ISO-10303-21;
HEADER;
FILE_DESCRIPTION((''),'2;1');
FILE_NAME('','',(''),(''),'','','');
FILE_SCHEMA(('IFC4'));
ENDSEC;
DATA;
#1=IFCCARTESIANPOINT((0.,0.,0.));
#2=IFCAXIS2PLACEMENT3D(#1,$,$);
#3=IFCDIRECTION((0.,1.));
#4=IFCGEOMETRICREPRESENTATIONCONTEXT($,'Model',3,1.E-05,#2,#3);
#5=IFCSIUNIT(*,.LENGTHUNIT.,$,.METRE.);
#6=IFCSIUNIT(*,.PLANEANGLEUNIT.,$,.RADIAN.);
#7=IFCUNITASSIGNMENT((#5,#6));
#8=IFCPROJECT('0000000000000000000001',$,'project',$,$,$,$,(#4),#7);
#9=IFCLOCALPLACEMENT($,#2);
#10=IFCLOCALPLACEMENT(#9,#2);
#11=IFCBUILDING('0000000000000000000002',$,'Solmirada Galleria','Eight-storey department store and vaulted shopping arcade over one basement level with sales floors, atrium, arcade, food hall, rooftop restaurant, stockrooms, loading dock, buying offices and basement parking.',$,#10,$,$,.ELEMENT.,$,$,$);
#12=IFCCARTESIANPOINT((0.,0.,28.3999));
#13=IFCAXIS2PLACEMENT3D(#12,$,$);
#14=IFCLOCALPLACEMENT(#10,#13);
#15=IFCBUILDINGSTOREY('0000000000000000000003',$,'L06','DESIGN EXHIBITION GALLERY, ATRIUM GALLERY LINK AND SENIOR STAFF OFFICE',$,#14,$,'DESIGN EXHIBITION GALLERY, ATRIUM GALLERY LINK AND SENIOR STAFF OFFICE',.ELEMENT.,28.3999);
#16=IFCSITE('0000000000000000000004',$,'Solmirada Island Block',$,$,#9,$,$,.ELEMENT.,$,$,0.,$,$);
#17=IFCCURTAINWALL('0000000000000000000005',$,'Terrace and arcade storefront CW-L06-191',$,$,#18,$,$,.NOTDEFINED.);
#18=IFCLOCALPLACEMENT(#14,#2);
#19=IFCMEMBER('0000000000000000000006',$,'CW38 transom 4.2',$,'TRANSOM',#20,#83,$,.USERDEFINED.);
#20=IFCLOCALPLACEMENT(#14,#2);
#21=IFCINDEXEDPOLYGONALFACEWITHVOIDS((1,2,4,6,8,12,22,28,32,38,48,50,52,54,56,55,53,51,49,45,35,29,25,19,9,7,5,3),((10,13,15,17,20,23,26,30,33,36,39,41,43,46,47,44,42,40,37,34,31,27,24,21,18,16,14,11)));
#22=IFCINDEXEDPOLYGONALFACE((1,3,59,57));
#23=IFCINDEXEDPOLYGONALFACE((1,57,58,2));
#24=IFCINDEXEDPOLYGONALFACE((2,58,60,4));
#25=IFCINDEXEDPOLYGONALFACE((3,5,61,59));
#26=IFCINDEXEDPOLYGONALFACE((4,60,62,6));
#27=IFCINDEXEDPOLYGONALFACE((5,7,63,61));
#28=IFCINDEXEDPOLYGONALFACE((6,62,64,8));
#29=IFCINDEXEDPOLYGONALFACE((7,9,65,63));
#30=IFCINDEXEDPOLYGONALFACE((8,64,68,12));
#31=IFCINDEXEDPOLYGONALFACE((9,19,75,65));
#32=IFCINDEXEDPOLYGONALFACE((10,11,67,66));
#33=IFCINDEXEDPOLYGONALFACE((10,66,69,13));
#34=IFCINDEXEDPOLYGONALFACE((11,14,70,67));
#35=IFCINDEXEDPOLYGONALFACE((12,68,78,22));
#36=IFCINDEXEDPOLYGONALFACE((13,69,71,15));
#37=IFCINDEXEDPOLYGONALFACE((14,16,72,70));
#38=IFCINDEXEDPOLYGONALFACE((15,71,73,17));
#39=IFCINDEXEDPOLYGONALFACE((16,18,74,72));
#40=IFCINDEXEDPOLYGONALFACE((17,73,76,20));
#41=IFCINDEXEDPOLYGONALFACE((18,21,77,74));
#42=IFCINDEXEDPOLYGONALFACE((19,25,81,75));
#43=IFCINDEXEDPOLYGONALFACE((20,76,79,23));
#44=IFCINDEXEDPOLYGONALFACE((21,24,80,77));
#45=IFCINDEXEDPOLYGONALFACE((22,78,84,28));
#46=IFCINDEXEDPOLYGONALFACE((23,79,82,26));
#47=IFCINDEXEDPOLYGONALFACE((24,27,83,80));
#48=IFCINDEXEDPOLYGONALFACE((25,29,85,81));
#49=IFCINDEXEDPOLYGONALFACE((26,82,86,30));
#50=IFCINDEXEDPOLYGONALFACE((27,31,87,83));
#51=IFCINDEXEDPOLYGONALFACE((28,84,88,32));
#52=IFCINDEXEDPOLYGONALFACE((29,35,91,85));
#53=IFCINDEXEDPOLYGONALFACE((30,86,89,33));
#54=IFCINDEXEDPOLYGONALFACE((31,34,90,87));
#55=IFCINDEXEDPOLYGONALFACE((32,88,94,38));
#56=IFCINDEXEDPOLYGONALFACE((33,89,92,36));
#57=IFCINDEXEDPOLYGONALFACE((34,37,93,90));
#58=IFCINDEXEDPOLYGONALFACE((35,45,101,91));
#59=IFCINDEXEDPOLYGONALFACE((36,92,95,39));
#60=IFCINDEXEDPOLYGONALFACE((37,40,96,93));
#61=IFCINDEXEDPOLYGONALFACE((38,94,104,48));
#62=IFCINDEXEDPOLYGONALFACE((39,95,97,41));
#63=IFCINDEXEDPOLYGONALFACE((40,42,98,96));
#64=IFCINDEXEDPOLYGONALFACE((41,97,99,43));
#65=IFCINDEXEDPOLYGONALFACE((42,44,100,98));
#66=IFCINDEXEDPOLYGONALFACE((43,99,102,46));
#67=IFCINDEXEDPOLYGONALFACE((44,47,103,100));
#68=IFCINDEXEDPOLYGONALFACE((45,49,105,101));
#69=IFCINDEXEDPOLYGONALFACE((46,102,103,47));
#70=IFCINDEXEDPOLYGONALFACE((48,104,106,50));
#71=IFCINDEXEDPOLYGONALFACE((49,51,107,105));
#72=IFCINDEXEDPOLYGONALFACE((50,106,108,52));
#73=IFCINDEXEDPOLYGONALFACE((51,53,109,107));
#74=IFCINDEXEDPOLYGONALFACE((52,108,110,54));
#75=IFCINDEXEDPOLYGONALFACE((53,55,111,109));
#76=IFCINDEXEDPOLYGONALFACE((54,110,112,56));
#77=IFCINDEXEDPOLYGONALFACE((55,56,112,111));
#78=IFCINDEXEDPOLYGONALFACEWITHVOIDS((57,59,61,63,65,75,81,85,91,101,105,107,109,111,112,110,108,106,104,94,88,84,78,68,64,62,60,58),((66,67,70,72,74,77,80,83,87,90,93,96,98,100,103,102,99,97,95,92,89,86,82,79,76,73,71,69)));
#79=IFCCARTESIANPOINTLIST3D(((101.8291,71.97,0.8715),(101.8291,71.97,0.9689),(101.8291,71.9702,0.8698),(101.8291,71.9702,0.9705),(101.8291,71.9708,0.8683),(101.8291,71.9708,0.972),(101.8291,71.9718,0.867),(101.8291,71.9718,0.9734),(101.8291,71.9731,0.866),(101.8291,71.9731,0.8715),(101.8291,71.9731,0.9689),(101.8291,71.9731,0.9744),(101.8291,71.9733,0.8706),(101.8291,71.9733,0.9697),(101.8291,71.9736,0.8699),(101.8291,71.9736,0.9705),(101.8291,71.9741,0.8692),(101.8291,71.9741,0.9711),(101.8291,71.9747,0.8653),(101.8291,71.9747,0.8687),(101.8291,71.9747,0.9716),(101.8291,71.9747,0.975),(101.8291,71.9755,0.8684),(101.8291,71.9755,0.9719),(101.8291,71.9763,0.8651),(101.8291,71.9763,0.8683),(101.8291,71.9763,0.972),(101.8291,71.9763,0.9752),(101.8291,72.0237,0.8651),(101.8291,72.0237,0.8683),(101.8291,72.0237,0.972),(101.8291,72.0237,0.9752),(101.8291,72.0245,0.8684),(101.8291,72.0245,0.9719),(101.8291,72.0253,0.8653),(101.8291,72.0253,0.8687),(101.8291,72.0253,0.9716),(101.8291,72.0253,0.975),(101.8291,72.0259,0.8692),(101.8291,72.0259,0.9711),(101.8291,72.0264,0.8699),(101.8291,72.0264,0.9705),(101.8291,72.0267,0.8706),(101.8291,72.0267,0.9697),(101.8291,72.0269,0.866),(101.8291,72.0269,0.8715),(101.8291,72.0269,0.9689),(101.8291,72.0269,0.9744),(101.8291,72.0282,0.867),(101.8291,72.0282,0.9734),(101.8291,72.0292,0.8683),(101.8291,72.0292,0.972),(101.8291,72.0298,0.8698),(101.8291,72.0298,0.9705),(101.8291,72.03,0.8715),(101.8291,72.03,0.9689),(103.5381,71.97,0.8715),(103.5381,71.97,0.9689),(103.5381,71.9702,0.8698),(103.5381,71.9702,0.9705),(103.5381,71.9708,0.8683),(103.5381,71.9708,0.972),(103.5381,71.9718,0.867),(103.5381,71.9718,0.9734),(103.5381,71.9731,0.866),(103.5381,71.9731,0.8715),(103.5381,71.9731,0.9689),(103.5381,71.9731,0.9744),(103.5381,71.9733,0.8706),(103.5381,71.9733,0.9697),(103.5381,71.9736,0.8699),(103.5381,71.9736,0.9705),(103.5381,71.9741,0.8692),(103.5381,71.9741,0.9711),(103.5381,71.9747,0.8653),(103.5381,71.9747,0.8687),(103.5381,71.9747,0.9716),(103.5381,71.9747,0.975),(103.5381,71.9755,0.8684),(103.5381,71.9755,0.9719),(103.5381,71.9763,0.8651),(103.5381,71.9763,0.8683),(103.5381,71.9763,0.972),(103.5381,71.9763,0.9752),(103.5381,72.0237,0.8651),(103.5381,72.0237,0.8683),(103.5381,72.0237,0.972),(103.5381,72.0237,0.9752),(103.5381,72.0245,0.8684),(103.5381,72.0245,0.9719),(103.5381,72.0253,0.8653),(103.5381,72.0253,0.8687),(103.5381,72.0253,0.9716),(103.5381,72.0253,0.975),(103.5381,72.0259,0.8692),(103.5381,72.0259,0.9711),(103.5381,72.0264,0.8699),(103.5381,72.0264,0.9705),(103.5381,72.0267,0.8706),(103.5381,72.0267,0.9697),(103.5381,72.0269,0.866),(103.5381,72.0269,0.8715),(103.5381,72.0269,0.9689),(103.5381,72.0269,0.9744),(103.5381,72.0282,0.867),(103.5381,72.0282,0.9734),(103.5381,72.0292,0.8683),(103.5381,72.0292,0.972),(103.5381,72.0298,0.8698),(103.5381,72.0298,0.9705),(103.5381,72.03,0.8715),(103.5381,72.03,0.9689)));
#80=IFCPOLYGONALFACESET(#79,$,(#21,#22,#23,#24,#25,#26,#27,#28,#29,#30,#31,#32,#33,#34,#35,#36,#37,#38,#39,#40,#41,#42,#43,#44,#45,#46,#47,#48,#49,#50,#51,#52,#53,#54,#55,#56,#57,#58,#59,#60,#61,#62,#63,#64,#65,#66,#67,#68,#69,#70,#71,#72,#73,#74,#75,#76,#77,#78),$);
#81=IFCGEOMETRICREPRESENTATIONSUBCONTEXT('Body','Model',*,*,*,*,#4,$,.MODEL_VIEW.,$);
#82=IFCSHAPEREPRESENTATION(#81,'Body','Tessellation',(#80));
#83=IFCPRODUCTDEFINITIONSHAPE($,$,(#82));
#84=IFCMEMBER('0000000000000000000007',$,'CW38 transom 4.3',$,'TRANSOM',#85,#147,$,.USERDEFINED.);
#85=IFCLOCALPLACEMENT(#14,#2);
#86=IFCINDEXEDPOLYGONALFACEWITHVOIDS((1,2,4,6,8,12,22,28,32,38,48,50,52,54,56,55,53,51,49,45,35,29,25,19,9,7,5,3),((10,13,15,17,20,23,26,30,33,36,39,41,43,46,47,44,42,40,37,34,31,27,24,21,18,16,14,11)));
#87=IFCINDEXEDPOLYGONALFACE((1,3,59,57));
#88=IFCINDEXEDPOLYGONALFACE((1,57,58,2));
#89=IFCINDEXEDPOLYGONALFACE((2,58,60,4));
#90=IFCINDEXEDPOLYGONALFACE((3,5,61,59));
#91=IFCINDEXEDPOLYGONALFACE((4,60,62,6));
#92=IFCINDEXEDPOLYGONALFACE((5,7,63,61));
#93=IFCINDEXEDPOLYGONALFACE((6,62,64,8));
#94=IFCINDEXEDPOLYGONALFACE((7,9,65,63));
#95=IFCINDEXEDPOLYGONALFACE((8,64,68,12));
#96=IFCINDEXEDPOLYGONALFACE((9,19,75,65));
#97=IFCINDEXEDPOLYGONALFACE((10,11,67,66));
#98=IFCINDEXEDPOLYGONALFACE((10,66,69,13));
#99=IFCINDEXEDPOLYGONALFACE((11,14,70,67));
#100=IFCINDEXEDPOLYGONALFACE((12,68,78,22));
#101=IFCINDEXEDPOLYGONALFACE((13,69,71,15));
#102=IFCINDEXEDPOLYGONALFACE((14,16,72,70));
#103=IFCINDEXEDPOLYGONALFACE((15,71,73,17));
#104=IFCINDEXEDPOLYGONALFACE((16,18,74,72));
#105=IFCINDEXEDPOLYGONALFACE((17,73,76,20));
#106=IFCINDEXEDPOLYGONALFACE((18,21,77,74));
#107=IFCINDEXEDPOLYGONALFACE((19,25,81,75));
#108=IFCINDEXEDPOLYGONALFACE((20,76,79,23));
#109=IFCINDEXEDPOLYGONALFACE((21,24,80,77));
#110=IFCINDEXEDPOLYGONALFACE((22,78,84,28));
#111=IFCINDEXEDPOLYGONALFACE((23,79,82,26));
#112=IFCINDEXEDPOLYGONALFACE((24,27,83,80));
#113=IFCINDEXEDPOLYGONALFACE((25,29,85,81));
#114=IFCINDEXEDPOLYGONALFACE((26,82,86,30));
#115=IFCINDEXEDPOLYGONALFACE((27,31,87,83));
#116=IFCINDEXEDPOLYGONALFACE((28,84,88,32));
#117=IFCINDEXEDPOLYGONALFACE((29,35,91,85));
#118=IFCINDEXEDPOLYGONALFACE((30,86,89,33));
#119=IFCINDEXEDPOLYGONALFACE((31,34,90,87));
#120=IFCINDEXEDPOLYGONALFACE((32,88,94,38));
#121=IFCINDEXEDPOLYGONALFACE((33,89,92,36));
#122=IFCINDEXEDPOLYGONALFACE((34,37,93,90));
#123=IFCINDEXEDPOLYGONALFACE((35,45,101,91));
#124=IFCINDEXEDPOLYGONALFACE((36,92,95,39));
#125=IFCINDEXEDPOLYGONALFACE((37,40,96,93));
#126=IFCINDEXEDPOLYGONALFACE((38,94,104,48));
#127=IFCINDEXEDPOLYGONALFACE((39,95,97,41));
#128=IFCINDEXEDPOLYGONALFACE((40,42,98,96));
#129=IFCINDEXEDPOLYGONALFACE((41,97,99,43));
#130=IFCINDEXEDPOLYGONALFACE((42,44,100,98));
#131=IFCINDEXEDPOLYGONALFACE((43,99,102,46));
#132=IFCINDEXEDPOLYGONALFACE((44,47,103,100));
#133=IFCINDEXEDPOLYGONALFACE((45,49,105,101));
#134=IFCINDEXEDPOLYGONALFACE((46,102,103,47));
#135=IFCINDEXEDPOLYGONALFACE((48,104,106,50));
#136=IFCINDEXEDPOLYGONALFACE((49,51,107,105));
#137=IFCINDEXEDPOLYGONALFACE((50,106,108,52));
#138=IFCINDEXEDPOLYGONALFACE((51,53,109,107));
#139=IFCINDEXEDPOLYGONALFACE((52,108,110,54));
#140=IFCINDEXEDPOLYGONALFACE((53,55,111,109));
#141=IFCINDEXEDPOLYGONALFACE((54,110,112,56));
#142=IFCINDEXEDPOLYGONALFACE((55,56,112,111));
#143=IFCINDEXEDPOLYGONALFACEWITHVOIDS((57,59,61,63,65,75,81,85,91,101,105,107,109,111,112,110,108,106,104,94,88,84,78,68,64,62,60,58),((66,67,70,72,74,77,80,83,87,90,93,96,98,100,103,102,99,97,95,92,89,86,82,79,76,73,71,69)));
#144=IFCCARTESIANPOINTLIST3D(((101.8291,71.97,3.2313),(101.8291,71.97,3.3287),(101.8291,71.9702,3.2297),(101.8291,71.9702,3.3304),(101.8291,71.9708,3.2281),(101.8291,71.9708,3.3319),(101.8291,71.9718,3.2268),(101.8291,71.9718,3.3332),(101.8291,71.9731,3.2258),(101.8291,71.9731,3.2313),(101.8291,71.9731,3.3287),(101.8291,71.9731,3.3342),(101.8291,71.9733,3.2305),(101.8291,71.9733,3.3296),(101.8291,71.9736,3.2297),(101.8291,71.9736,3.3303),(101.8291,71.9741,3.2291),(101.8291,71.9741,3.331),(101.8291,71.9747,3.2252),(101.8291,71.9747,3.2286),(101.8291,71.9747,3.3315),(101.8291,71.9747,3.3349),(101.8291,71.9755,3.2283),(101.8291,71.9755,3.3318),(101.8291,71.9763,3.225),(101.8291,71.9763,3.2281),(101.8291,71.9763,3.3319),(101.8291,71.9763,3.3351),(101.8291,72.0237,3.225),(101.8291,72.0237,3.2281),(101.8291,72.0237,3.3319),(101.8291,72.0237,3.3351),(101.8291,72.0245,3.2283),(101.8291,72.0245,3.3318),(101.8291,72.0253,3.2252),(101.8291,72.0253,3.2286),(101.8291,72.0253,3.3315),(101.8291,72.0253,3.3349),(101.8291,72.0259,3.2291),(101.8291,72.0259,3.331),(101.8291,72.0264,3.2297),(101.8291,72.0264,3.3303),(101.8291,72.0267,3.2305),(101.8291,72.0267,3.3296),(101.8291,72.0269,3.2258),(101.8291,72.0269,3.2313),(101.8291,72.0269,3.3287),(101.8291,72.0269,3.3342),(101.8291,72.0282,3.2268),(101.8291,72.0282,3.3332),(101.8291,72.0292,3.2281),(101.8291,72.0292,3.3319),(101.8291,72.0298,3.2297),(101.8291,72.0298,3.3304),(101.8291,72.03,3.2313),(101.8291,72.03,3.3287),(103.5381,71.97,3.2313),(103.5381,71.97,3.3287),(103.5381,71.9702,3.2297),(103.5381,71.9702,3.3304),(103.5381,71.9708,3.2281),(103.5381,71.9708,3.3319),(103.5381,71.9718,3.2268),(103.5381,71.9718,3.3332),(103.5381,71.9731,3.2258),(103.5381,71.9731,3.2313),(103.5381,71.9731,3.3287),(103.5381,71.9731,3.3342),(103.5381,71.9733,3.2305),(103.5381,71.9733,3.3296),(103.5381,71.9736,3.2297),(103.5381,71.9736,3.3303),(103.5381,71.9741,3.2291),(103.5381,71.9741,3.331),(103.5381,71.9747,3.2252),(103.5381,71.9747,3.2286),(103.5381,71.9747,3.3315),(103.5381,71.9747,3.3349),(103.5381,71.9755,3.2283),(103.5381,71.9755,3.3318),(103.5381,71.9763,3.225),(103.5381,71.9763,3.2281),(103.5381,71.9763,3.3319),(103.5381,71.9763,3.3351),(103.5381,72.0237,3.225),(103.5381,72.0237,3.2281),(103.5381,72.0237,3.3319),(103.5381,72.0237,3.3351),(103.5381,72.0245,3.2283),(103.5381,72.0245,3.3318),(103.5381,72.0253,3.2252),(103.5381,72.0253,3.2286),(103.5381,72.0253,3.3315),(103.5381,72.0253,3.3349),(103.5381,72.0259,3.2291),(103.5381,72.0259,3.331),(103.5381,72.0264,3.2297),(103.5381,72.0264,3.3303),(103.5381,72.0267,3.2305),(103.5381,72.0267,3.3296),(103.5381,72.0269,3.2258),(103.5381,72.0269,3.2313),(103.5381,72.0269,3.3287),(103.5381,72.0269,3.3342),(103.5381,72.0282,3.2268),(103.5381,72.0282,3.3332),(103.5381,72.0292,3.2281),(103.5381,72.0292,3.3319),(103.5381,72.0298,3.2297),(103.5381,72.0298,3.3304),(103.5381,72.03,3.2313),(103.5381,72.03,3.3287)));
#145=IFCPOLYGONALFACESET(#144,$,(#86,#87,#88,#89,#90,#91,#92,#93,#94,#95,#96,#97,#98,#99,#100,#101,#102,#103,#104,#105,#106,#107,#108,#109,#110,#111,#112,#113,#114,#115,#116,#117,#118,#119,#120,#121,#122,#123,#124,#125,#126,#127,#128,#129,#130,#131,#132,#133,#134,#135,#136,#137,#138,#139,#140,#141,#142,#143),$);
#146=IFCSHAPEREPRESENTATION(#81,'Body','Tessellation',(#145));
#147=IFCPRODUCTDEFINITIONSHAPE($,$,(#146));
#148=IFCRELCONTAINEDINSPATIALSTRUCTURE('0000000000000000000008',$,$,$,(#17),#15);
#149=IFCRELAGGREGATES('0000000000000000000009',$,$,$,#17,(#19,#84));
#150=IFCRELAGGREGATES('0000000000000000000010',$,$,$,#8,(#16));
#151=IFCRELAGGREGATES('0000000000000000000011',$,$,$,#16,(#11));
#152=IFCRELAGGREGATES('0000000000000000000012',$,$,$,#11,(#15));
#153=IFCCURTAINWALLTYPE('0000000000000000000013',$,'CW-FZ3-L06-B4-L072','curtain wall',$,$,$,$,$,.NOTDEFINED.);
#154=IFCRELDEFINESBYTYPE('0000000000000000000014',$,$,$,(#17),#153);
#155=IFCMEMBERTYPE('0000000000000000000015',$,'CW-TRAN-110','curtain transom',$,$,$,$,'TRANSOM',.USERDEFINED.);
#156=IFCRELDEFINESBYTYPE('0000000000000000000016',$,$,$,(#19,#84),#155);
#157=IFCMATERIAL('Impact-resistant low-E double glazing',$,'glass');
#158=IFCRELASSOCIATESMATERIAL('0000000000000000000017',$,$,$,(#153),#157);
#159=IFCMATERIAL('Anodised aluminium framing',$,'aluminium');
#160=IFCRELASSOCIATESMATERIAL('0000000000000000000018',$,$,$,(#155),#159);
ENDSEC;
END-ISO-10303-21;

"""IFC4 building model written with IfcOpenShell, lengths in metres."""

from ifc_helpers import new_model, si_unit, direction, frame, origin, origin_2d, place, context, subcontext, project, spatial, hollow_rectangle, extrude, material, material_profile, profile_set, type_object, element, aggregate, save


model = new_model("IFC4")

# Units and contexts
model_context = context("Model", 3, precision=1e-05, world=origin(), true_north=direction((0.0, 1.0)))
body_context = subcontext(model_context, "Body", "Model", "MODEL_VIEW")
ifc_project = project(units=[si_unit("LENGTHUNIT", "METRE"), si_unit("PLANEANGLEUNIT", "RADIAN")], contexts=[model_context])

# Site, building, storey
site_placement = place(None, origin())
site = spatial("IfcSite", under=ifc_project, at=site_placement, Name="Solmirada Island Block", CompositionType="ELEMENT", RefElevation=0.0)
building_placement = place(site_placement, origin())
building = spatial("IfcBuilding", under=site, at=building_placement, Name="Solmirada Galleria", Description="Eight-storey department store and vaulted shopping arcade over one basement level with sales floors, atrium, arcade, food hall, rooftop restaurant, stockrooms, loading dock, buying offices and basement parking.", CompositionType="ELEMENT")
storey_placement = place(building_placement, frame((0.0, 0.0, 28.3999)))
storey = spatial("IfcBuildingStorey", under=building, at=storey_placement, Name="L06", Description="DESIGN EXHIBITION GALLERY, ATRIUM GALLERY LINK AND SENIOR STAFF OFFICE", LongName="DESIGN EXHIBITION GALLERY, ATRIUM GALLERY LINK AND SENIOR STAFF OFFICE", CompositionType="ELEMENT", Elevation=28.3999)

# Curtain wall
ifc_material_1 = material(Name="Impact-resistant low-E double glazing", Category="glass")
curtain_wall_type = type_object("IfcCurtainWallType", Name="CW-FZ3-L06-B4-L072", Description="curtain wall", PredefinedType="NOTDEFINED", material=ifc_material_1)
curtain_wall_1_placement = place(storey_placement, origin())
curtain_wall_1 = element("IfcCurtainWall", 1, at=curtain_wall_1_placement, inside=storey, type_object=curtain_wall_type, Name="Terrace and arcade storefront CW-L06-191", PredefinedType="NOTDEFINED")
ifc_material_2 = material(Name="Anodised aluminium framing", Category="aluminium")

# Members
ifc_material_profile_1 = material_profile(ifc_material_2, hollow_rectangle(XDim=0.0601, YDim=0.1101, WallThickness=0.0032, InnerFilletRadius=0.0032, OuterFilletRadius=0.0063, at=origin_2d()), Name="ALU-TRAN-110X60")
ifc_profile_set_1 = profile_set([ifc_material_profile_1], Name="Anodised aluminium framing")
member_type_1 = type_object("IfcMemberType", Name="CW-TRAN-110", Description="curtain transom", ElementType="TRANSOM", PredefinedType="USERDEFINED", material=ifc_profile_set_1)
member_1_placement = place(storey_placement, frame((101.8291, 72.0, 0.9202), z_axis=(1.0, 0.0, 0.0), x_axis=(0.0, 1.0, 0.0)))
member_1 = element("IfcMember", 2, at=member_1_placement, type_object=member_type_1, Name="CW38 transom 4.2", ObjectType="TRANSOM", PredefinedType="USERDEFINED", context=body_context, shape_type="SweptSolid", body=[
    extrude(hollow_rectangle(XDim=0.0601, YDim=0.1101, WallThickness=0.0032, InnerFilletRadius=0.0032, OuterFilletRadius=0.0063, at=origin_2d()), origin(), (0.0, 0.0, 1.0), 1.709),
])
member_2_placement = place(storey_placement, frame((101.8291, 72.0, 3.28), z_axis=(1.0, 0.0, 0.0), x_axis=(0.0, 1.0, 0.0)))
member_2 = element("IfcMember", 3, at=member_2_placement, type_object=member_type_1, Name="CW38 transom 4.3", ObjectType="TRANSOM", PredefinedType="USERDEFINED", context=body_context, shape_type="SweptSolid", body=[
    extrude(hollow_rectangle(XDim=0.0601, YDim=0.1101, WallThickness=0.0032, InnerFilletRadius=0.0032, OuterFilletRadius=0.0063, at=origin_2d()), origin(), (0.0, 0.0, 1.0), 1.709),
])

aggregate(curtain_wall_1, [member_1, member_2])

save(model, "model.ifc")
